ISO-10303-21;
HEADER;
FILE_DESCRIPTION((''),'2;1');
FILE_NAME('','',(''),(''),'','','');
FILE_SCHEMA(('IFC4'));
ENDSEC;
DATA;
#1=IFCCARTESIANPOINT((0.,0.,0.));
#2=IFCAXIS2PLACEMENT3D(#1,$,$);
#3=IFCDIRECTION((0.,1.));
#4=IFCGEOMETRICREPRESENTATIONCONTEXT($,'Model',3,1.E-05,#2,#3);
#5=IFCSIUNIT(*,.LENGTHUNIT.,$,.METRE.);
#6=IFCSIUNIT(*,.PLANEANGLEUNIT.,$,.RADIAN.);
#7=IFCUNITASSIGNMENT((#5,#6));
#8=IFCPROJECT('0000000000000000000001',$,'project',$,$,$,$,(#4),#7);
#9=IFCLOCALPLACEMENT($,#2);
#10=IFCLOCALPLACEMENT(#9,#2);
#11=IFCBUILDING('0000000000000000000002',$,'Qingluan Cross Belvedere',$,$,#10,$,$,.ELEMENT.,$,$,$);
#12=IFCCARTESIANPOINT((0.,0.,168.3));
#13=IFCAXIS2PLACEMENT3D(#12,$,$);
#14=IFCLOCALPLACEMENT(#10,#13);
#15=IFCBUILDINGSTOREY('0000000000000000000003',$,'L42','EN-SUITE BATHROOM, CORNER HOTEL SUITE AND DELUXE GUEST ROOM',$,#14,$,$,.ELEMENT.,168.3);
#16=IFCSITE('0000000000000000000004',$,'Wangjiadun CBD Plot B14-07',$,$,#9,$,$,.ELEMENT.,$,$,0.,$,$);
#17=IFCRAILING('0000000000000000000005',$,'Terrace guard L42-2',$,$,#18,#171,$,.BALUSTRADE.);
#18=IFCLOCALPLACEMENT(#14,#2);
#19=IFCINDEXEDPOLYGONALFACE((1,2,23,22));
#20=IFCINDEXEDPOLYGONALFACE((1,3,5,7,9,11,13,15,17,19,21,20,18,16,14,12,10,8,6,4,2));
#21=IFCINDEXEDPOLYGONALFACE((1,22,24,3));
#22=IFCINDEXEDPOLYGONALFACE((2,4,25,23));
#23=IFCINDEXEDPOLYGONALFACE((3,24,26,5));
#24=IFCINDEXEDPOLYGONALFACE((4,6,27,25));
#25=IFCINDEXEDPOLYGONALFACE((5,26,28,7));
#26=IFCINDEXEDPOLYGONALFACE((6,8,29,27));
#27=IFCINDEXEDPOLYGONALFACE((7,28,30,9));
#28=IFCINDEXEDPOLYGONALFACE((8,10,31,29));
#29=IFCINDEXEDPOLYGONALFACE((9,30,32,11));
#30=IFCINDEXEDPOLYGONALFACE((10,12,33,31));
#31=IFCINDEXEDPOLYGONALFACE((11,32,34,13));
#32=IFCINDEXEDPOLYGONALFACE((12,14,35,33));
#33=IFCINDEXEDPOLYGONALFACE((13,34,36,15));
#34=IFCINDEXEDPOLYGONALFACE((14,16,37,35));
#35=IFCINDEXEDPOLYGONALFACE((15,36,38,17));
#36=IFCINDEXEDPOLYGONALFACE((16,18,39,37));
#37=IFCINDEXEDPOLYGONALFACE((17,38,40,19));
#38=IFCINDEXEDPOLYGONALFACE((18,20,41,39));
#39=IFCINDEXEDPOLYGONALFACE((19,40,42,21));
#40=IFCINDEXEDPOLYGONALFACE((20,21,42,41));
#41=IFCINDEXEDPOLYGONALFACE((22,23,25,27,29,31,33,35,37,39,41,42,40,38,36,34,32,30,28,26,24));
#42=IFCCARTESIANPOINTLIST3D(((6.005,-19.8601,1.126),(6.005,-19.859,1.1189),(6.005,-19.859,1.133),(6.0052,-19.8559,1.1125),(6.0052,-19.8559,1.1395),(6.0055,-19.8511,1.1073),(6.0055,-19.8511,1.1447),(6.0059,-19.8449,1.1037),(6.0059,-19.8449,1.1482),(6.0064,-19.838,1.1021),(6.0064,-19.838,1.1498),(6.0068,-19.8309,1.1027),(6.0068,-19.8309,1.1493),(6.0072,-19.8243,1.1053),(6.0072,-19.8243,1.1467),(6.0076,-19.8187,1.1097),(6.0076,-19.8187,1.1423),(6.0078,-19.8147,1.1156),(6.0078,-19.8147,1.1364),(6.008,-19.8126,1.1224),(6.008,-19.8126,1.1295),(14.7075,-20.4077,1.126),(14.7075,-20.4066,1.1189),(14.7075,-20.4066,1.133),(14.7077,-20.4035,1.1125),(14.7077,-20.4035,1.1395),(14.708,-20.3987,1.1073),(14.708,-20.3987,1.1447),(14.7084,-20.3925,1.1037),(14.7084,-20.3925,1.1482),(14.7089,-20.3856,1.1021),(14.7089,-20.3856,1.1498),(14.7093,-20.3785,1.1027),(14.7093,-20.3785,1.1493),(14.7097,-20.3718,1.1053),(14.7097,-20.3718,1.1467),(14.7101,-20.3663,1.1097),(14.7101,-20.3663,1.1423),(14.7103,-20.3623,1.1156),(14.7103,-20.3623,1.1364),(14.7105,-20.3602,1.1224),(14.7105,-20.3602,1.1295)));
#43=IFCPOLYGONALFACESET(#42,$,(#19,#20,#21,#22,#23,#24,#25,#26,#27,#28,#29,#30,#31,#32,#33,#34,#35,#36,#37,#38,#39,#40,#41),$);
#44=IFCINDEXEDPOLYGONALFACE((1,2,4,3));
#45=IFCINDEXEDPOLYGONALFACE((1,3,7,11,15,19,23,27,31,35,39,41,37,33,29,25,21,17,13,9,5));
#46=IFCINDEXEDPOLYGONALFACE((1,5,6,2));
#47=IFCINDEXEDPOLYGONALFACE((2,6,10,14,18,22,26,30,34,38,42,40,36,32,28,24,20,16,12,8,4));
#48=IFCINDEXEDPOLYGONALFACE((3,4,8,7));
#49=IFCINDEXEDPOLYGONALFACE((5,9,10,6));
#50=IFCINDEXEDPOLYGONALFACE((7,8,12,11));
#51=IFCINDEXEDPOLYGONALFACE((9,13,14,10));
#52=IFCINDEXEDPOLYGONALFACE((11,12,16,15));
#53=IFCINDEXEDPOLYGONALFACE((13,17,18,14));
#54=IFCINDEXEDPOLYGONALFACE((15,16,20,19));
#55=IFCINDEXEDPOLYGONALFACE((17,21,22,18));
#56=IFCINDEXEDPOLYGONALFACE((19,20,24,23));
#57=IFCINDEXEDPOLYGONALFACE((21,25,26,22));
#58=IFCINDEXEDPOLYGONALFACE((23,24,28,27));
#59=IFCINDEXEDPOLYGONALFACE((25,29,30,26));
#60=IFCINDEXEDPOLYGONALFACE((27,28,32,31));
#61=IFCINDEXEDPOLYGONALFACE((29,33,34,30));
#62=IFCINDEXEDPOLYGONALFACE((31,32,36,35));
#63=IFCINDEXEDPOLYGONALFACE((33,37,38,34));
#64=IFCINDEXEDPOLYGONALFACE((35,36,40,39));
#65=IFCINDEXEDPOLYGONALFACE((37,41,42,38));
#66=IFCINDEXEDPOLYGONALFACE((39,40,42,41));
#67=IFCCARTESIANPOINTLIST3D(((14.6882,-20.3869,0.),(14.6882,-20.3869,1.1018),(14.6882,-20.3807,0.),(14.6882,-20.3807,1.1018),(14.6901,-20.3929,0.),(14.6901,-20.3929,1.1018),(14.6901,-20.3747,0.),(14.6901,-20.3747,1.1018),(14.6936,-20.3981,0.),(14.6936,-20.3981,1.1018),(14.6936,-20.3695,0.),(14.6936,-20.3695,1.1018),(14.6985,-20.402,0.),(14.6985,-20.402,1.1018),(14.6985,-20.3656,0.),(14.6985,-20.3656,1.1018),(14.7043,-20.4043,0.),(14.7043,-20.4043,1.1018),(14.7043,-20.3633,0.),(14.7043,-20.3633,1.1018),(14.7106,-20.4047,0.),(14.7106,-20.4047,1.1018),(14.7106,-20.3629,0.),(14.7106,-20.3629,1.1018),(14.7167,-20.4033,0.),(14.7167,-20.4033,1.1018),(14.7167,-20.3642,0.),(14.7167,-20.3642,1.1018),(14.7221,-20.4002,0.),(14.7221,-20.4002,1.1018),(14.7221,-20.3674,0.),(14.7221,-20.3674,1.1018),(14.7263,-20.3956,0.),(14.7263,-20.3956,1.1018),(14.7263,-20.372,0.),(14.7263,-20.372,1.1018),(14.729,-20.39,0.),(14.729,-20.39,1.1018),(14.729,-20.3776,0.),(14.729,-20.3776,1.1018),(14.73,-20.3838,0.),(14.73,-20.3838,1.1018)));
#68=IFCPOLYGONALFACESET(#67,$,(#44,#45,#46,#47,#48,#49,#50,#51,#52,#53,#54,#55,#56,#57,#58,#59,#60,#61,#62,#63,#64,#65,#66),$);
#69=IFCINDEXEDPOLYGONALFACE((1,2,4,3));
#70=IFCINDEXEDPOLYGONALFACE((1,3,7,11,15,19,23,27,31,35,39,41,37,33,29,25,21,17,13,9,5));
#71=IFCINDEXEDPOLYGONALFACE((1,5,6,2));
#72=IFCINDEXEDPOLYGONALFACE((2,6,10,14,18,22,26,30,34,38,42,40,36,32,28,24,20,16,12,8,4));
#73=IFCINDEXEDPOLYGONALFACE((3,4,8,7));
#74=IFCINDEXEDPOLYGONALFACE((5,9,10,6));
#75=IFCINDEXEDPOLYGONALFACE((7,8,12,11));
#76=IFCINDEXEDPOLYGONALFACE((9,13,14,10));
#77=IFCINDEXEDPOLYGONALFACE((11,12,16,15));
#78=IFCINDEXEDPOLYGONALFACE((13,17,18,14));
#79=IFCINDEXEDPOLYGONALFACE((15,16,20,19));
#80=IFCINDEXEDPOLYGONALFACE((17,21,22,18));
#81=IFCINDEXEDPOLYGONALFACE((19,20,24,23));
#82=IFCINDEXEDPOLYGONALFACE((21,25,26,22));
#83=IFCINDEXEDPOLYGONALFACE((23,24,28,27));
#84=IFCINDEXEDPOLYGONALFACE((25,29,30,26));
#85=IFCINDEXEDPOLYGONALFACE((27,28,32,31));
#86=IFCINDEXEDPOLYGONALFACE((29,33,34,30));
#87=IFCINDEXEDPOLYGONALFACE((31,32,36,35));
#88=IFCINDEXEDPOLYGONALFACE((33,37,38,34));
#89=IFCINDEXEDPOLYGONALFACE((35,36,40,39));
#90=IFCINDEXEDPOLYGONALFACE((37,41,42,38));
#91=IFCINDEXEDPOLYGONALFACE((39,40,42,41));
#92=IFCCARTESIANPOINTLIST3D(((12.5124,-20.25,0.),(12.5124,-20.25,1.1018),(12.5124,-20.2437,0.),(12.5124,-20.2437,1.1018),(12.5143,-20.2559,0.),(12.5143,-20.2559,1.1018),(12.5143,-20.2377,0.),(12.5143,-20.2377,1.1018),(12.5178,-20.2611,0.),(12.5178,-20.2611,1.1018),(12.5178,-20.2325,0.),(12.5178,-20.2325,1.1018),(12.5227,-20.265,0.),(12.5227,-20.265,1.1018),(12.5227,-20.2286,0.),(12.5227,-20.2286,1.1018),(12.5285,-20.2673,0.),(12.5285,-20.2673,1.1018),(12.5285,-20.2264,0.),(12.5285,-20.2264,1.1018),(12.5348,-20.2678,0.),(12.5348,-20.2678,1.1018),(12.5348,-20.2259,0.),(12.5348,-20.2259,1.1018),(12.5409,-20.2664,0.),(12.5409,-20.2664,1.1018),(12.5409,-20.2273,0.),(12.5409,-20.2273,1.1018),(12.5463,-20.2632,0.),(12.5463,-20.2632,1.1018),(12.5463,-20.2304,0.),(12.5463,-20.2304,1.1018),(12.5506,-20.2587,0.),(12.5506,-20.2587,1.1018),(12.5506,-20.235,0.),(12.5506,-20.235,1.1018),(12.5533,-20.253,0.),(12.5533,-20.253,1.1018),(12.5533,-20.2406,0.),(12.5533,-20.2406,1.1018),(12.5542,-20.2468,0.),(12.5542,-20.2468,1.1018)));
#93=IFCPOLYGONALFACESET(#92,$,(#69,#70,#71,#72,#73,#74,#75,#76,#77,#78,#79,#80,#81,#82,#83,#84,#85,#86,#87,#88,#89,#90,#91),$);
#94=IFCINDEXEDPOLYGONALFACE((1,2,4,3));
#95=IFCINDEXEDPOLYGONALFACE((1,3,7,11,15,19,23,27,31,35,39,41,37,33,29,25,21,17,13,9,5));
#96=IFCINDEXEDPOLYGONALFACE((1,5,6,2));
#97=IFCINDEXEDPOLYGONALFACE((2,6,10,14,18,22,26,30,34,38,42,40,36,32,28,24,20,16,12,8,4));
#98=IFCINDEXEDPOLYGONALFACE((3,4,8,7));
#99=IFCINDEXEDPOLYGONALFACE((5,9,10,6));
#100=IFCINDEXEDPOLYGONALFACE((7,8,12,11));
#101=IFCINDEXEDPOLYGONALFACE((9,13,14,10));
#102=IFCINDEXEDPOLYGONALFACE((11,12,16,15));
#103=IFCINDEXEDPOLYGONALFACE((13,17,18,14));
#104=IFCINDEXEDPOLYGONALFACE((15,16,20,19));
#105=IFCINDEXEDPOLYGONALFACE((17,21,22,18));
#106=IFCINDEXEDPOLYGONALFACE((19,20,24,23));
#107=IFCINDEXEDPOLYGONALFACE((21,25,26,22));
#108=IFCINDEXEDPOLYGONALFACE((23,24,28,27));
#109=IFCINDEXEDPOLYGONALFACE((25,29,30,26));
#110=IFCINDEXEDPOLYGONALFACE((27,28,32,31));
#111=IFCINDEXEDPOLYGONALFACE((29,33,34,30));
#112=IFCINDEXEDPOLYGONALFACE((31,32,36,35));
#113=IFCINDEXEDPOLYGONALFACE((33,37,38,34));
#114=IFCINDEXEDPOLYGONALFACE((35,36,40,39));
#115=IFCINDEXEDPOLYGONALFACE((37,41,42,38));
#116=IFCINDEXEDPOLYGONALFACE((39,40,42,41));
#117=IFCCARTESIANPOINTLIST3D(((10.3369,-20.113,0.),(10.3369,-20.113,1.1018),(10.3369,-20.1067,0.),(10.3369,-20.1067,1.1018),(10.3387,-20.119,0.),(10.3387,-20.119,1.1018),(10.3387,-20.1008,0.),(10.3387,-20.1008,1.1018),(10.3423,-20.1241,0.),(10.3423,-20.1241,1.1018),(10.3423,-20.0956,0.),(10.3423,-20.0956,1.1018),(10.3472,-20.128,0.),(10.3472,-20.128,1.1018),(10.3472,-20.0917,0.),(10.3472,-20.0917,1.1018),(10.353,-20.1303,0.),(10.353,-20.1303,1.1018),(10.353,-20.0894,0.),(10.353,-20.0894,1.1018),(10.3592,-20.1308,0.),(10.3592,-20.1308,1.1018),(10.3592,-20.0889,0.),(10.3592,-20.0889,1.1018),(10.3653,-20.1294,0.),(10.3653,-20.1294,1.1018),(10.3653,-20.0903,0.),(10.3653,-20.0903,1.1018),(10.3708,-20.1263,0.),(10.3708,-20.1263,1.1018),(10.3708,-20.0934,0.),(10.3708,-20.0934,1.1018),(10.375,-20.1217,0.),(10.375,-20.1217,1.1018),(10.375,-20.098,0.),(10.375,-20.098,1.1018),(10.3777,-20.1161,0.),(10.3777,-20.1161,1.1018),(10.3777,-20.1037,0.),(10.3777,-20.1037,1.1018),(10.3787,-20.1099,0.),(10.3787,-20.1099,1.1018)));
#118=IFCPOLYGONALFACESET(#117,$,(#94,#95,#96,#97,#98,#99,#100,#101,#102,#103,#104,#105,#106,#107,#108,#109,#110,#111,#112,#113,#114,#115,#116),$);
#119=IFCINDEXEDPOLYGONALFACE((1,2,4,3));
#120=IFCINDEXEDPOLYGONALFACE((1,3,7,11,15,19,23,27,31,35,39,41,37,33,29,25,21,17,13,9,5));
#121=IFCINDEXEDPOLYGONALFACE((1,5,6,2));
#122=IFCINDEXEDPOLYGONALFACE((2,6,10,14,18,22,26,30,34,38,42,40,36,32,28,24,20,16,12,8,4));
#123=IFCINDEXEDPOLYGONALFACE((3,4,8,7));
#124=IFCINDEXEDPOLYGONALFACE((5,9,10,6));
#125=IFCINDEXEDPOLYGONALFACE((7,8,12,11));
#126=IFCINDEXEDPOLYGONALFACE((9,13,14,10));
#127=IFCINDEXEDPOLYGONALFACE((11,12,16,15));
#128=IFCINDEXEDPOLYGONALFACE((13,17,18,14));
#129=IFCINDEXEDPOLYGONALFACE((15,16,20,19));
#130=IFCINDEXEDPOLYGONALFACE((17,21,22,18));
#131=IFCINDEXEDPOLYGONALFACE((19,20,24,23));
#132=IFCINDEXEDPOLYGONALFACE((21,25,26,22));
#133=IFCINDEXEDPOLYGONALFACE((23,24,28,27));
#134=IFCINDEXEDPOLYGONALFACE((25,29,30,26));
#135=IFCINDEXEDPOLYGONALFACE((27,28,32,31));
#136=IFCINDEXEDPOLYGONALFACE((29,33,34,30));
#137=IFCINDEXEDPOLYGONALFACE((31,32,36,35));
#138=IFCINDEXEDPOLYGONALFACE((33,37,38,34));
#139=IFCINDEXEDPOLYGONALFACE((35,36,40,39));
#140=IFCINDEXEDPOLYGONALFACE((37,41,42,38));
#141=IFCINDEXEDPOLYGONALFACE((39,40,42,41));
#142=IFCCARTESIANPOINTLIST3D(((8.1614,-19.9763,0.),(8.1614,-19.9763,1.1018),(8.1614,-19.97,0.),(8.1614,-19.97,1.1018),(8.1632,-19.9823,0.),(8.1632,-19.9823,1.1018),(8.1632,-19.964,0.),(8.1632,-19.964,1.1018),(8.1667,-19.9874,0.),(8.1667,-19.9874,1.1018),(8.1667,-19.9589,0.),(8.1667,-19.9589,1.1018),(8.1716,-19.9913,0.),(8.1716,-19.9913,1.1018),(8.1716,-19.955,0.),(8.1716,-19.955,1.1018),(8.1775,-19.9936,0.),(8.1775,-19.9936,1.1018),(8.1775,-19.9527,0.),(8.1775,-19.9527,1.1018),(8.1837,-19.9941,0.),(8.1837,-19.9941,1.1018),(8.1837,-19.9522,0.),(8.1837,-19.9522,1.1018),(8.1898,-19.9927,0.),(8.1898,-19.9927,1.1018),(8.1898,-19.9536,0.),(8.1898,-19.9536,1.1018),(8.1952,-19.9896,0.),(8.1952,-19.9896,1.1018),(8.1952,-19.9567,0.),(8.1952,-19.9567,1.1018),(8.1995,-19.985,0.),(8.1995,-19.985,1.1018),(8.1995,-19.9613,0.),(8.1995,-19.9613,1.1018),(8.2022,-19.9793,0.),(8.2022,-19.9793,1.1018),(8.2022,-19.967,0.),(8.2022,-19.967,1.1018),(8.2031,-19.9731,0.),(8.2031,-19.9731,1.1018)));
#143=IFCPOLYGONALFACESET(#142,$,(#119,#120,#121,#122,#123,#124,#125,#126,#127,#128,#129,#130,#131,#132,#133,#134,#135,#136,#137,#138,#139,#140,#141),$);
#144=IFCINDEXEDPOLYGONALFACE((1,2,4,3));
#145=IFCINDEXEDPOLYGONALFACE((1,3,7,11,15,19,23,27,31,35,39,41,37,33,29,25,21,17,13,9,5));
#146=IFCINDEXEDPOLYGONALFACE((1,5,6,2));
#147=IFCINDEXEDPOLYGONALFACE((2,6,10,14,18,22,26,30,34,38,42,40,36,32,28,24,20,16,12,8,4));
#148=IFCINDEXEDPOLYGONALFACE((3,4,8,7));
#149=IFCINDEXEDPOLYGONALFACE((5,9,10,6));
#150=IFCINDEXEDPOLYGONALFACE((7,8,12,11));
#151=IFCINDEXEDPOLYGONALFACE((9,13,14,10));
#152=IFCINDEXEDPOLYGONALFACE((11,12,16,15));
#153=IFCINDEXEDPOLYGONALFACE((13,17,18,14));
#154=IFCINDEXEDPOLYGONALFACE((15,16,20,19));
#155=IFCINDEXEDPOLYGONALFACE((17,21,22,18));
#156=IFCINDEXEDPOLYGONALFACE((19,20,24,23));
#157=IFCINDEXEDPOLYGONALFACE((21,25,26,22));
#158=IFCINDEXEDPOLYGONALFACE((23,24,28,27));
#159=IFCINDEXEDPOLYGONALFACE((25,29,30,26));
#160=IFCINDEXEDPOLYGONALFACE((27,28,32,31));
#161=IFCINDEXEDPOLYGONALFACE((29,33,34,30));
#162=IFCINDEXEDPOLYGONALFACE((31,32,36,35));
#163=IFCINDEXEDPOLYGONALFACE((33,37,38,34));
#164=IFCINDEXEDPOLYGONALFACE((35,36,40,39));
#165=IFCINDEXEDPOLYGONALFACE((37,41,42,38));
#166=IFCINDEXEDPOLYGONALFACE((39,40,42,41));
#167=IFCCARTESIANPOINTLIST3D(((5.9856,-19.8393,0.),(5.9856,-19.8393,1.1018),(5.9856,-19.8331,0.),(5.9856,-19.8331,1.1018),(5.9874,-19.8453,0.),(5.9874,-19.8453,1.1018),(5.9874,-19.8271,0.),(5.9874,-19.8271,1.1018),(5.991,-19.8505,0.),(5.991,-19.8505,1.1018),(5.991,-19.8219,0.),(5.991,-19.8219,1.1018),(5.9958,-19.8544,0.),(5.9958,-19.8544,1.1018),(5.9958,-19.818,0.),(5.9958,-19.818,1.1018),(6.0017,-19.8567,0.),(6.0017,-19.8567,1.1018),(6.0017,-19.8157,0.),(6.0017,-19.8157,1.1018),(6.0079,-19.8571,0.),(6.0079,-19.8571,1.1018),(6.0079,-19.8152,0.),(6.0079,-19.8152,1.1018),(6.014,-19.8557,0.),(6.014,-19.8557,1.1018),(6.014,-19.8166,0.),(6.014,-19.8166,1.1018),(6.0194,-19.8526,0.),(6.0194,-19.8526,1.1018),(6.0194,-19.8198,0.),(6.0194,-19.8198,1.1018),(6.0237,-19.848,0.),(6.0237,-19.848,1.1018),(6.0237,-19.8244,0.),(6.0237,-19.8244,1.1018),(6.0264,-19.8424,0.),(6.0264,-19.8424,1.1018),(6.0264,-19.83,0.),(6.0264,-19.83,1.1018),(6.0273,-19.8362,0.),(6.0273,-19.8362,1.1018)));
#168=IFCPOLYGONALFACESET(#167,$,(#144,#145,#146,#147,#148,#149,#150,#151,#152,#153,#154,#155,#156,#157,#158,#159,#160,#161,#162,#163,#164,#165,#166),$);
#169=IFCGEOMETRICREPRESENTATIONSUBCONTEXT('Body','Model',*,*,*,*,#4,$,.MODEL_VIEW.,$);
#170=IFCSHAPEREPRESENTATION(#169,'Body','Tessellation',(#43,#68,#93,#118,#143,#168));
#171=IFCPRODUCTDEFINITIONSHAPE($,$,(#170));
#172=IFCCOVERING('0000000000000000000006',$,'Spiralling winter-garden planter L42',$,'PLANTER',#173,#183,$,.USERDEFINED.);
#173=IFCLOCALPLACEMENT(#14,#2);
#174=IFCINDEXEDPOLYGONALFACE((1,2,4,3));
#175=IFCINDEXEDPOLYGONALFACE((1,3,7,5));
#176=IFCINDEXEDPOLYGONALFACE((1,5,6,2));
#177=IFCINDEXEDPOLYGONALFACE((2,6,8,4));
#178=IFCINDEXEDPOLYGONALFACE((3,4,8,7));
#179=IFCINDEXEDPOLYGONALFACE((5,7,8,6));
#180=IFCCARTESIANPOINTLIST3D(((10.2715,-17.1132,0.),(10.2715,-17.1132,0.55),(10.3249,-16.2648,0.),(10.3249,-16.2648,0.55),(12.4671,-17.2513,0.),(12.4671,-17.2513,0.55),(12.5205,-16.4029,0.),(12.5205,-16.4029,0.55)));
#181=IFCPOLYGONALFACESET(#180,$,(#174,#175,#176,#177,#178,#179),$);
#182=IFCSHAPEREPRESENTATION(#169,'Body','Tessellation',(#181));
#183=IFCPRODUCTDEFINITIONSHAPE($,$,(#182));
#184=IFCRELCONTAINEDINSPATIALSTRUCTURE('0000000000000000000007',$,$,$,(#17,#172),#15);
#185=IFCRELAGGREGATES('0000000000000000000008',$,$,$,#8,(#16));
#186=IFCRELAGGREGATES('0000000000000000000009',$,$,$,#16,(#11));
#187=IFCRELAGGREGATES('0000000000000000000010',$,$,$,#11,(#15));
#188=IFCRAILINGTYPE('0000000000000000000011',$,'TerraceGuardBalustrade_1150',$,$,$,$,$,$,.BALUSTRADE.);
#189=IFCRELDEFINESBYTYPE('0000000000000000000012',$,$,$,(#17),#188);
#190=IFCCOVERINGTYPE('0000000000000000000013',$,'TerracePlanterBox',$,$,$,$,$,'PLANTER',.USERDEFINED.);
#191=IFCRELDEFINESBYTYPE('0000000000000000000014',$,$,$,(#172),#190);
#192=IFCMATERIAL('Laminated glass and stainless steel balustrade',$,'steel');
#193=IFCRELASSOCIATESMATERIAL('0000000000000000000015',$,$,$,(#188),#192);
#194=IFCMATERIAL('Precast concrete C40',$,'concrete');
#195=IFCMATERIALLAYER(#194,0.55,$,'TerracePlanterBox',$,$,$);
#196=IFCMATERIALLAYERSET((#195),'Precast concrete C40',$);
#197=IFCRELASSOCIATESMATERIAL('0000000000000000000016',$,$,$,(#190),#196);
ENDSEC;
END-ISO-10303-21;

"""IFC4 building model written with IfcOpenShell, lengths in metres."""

from ifc_helpers import new_model, si_unit, direction, frame, origin, origin_2d, place, context, subcontext, project, spatial, rectangle, circle, extrude, material, layer, layer_set, type_object, element, save


model = new_model("IFC4")

# Units and contexts
model_context = context("Model", 3, precision=1e-05, world=origin(), true_north=direction((0.0, 1.0)))
body_context = subcontext(model_context, "Body", "Model", "MODEL_VIEW")
ifc_project = project(units=[si_unit("LENGTHUNIT", "METRE"), si_unit("PLANEANGLEUNIT", "RADIAN")], contexts=[model_context])

# Site, building, storey
site_placement = place(None, origin())
site = spatial("IfcSite", under=ifc_project, at=site_placement, Name="Wangjiadun CBD Plot B14-07", CompositionType="ELEMENT", RefElevation=0.0)
building_placement = place(site_placement, origin())
building = spatial("IfcBuilding", under=site, at=building_placement, Name="Qingluan Cross Belvedere", CompositionType="ELEMENT")
storey_placement = place(building_placement, frame((0.0, 0.0, 168.3)))
storey = spatial("IfcBuildingStorey", under=building, at=storey_placement, Name="L42", Description="EN-SUITE BATHROOM, CORNER HOTEL SUITE AND DELUXE GUEST ROOM", CompositionType="ELEMENT", Elevation=168.3)

# Railing
ifc_material_1 = material(Name="Laminated glass and stainless steel balustrade", Category="steel")
railing_type = type_object("IfcRailingType", Name="TerraceGuardBalustrade_1150", PredefinedType="BALUSTRADE", material=ifc_material_1)
railing_placement = place(storey_placement, frame((14.709, -20.3838, 0.0)))
element("IfcRailing", 1, at=railing_placement, inside=storey, type_object=railing_type, Name="Terrace guard L42-2", PredefinedType="BALUSTRADE", context=body_context, shape_type="SweptSolid", body=[
    extrude(circle(Radius=0.0239, at=origin_2d()), frame((0.0, 0.0, 1.126), z_axis=(-0.998026, 0.0628, 0.0), x_axis=(-0.0628, -0.998026, 0.0)), (0.0, 0.0, 1.0), 8.7197),
    extrude(circle(Radius=0.021, at=origin_2d()), origin(), (0.0, 0.0, 1.0), 1.1018),
    extrude(circle(Radius=0.021, at=origin_2d()), frame((-2.1758, 0.137, 0.0)), (0.0, 0.0, 1.0), 1.1018),
    extrude(circle(Radius=0.021, at=origin_2d()), frame((-4.3513, 0.2739, 0.0)), (0.0, 0.0, 1.0), 1.1018),
    extrude(circle(Radius=0.021, at=origin_2d()), frame((-6.5269, 0.4106, 0.0)), (0.0, 0.0, 1.0), 1.1018),
    extrude(circle(Radius=0.021, at=origin_2d()), frame((-8.7026, 0.5476, 0.0)), (0.0, 0.0, 1.0), 1.1018),
])

# Covering
ifc_material_2 = material(Name="Precast concrete C40", Category="concrete")
ifc_layer_1 = layer(ifc_material_2, 0.55, Name="TerracePlanterBox")
ifc_layer_set_1 = layer_set([ifc_layer_1], Name="Precast concrete C40")
covering_type = type_object("IfcCoveringType", Name="TerracePlanterBox", ElementType="PLANTER", PredefinedType="USERDEFINED", material=ifc_layer_set_1)
covering_placement = place(storey_placement, frame((11.396, -16.7581, 0.0), z_axis=(0.0, 0.0, 1.0), x_axis=(0.998027, -0.062791, 0.0)))
element("IfcCovering", 2, at=covering_placement, inside=storey, type_object=covering_type, Name="Spiralling winter-garden planter L42", ObjectType="PLANTER", PredefinedType="USERDEFINED", context=body_context, shape_type="SweptSolid", body=[
    extrude(rectangle(XDim=2.2, YDim=0.8501, at=origin_2d()), origin(), (0.0, 0.0, 1.0), 0.55),
])

save(model, "model.ifc")
